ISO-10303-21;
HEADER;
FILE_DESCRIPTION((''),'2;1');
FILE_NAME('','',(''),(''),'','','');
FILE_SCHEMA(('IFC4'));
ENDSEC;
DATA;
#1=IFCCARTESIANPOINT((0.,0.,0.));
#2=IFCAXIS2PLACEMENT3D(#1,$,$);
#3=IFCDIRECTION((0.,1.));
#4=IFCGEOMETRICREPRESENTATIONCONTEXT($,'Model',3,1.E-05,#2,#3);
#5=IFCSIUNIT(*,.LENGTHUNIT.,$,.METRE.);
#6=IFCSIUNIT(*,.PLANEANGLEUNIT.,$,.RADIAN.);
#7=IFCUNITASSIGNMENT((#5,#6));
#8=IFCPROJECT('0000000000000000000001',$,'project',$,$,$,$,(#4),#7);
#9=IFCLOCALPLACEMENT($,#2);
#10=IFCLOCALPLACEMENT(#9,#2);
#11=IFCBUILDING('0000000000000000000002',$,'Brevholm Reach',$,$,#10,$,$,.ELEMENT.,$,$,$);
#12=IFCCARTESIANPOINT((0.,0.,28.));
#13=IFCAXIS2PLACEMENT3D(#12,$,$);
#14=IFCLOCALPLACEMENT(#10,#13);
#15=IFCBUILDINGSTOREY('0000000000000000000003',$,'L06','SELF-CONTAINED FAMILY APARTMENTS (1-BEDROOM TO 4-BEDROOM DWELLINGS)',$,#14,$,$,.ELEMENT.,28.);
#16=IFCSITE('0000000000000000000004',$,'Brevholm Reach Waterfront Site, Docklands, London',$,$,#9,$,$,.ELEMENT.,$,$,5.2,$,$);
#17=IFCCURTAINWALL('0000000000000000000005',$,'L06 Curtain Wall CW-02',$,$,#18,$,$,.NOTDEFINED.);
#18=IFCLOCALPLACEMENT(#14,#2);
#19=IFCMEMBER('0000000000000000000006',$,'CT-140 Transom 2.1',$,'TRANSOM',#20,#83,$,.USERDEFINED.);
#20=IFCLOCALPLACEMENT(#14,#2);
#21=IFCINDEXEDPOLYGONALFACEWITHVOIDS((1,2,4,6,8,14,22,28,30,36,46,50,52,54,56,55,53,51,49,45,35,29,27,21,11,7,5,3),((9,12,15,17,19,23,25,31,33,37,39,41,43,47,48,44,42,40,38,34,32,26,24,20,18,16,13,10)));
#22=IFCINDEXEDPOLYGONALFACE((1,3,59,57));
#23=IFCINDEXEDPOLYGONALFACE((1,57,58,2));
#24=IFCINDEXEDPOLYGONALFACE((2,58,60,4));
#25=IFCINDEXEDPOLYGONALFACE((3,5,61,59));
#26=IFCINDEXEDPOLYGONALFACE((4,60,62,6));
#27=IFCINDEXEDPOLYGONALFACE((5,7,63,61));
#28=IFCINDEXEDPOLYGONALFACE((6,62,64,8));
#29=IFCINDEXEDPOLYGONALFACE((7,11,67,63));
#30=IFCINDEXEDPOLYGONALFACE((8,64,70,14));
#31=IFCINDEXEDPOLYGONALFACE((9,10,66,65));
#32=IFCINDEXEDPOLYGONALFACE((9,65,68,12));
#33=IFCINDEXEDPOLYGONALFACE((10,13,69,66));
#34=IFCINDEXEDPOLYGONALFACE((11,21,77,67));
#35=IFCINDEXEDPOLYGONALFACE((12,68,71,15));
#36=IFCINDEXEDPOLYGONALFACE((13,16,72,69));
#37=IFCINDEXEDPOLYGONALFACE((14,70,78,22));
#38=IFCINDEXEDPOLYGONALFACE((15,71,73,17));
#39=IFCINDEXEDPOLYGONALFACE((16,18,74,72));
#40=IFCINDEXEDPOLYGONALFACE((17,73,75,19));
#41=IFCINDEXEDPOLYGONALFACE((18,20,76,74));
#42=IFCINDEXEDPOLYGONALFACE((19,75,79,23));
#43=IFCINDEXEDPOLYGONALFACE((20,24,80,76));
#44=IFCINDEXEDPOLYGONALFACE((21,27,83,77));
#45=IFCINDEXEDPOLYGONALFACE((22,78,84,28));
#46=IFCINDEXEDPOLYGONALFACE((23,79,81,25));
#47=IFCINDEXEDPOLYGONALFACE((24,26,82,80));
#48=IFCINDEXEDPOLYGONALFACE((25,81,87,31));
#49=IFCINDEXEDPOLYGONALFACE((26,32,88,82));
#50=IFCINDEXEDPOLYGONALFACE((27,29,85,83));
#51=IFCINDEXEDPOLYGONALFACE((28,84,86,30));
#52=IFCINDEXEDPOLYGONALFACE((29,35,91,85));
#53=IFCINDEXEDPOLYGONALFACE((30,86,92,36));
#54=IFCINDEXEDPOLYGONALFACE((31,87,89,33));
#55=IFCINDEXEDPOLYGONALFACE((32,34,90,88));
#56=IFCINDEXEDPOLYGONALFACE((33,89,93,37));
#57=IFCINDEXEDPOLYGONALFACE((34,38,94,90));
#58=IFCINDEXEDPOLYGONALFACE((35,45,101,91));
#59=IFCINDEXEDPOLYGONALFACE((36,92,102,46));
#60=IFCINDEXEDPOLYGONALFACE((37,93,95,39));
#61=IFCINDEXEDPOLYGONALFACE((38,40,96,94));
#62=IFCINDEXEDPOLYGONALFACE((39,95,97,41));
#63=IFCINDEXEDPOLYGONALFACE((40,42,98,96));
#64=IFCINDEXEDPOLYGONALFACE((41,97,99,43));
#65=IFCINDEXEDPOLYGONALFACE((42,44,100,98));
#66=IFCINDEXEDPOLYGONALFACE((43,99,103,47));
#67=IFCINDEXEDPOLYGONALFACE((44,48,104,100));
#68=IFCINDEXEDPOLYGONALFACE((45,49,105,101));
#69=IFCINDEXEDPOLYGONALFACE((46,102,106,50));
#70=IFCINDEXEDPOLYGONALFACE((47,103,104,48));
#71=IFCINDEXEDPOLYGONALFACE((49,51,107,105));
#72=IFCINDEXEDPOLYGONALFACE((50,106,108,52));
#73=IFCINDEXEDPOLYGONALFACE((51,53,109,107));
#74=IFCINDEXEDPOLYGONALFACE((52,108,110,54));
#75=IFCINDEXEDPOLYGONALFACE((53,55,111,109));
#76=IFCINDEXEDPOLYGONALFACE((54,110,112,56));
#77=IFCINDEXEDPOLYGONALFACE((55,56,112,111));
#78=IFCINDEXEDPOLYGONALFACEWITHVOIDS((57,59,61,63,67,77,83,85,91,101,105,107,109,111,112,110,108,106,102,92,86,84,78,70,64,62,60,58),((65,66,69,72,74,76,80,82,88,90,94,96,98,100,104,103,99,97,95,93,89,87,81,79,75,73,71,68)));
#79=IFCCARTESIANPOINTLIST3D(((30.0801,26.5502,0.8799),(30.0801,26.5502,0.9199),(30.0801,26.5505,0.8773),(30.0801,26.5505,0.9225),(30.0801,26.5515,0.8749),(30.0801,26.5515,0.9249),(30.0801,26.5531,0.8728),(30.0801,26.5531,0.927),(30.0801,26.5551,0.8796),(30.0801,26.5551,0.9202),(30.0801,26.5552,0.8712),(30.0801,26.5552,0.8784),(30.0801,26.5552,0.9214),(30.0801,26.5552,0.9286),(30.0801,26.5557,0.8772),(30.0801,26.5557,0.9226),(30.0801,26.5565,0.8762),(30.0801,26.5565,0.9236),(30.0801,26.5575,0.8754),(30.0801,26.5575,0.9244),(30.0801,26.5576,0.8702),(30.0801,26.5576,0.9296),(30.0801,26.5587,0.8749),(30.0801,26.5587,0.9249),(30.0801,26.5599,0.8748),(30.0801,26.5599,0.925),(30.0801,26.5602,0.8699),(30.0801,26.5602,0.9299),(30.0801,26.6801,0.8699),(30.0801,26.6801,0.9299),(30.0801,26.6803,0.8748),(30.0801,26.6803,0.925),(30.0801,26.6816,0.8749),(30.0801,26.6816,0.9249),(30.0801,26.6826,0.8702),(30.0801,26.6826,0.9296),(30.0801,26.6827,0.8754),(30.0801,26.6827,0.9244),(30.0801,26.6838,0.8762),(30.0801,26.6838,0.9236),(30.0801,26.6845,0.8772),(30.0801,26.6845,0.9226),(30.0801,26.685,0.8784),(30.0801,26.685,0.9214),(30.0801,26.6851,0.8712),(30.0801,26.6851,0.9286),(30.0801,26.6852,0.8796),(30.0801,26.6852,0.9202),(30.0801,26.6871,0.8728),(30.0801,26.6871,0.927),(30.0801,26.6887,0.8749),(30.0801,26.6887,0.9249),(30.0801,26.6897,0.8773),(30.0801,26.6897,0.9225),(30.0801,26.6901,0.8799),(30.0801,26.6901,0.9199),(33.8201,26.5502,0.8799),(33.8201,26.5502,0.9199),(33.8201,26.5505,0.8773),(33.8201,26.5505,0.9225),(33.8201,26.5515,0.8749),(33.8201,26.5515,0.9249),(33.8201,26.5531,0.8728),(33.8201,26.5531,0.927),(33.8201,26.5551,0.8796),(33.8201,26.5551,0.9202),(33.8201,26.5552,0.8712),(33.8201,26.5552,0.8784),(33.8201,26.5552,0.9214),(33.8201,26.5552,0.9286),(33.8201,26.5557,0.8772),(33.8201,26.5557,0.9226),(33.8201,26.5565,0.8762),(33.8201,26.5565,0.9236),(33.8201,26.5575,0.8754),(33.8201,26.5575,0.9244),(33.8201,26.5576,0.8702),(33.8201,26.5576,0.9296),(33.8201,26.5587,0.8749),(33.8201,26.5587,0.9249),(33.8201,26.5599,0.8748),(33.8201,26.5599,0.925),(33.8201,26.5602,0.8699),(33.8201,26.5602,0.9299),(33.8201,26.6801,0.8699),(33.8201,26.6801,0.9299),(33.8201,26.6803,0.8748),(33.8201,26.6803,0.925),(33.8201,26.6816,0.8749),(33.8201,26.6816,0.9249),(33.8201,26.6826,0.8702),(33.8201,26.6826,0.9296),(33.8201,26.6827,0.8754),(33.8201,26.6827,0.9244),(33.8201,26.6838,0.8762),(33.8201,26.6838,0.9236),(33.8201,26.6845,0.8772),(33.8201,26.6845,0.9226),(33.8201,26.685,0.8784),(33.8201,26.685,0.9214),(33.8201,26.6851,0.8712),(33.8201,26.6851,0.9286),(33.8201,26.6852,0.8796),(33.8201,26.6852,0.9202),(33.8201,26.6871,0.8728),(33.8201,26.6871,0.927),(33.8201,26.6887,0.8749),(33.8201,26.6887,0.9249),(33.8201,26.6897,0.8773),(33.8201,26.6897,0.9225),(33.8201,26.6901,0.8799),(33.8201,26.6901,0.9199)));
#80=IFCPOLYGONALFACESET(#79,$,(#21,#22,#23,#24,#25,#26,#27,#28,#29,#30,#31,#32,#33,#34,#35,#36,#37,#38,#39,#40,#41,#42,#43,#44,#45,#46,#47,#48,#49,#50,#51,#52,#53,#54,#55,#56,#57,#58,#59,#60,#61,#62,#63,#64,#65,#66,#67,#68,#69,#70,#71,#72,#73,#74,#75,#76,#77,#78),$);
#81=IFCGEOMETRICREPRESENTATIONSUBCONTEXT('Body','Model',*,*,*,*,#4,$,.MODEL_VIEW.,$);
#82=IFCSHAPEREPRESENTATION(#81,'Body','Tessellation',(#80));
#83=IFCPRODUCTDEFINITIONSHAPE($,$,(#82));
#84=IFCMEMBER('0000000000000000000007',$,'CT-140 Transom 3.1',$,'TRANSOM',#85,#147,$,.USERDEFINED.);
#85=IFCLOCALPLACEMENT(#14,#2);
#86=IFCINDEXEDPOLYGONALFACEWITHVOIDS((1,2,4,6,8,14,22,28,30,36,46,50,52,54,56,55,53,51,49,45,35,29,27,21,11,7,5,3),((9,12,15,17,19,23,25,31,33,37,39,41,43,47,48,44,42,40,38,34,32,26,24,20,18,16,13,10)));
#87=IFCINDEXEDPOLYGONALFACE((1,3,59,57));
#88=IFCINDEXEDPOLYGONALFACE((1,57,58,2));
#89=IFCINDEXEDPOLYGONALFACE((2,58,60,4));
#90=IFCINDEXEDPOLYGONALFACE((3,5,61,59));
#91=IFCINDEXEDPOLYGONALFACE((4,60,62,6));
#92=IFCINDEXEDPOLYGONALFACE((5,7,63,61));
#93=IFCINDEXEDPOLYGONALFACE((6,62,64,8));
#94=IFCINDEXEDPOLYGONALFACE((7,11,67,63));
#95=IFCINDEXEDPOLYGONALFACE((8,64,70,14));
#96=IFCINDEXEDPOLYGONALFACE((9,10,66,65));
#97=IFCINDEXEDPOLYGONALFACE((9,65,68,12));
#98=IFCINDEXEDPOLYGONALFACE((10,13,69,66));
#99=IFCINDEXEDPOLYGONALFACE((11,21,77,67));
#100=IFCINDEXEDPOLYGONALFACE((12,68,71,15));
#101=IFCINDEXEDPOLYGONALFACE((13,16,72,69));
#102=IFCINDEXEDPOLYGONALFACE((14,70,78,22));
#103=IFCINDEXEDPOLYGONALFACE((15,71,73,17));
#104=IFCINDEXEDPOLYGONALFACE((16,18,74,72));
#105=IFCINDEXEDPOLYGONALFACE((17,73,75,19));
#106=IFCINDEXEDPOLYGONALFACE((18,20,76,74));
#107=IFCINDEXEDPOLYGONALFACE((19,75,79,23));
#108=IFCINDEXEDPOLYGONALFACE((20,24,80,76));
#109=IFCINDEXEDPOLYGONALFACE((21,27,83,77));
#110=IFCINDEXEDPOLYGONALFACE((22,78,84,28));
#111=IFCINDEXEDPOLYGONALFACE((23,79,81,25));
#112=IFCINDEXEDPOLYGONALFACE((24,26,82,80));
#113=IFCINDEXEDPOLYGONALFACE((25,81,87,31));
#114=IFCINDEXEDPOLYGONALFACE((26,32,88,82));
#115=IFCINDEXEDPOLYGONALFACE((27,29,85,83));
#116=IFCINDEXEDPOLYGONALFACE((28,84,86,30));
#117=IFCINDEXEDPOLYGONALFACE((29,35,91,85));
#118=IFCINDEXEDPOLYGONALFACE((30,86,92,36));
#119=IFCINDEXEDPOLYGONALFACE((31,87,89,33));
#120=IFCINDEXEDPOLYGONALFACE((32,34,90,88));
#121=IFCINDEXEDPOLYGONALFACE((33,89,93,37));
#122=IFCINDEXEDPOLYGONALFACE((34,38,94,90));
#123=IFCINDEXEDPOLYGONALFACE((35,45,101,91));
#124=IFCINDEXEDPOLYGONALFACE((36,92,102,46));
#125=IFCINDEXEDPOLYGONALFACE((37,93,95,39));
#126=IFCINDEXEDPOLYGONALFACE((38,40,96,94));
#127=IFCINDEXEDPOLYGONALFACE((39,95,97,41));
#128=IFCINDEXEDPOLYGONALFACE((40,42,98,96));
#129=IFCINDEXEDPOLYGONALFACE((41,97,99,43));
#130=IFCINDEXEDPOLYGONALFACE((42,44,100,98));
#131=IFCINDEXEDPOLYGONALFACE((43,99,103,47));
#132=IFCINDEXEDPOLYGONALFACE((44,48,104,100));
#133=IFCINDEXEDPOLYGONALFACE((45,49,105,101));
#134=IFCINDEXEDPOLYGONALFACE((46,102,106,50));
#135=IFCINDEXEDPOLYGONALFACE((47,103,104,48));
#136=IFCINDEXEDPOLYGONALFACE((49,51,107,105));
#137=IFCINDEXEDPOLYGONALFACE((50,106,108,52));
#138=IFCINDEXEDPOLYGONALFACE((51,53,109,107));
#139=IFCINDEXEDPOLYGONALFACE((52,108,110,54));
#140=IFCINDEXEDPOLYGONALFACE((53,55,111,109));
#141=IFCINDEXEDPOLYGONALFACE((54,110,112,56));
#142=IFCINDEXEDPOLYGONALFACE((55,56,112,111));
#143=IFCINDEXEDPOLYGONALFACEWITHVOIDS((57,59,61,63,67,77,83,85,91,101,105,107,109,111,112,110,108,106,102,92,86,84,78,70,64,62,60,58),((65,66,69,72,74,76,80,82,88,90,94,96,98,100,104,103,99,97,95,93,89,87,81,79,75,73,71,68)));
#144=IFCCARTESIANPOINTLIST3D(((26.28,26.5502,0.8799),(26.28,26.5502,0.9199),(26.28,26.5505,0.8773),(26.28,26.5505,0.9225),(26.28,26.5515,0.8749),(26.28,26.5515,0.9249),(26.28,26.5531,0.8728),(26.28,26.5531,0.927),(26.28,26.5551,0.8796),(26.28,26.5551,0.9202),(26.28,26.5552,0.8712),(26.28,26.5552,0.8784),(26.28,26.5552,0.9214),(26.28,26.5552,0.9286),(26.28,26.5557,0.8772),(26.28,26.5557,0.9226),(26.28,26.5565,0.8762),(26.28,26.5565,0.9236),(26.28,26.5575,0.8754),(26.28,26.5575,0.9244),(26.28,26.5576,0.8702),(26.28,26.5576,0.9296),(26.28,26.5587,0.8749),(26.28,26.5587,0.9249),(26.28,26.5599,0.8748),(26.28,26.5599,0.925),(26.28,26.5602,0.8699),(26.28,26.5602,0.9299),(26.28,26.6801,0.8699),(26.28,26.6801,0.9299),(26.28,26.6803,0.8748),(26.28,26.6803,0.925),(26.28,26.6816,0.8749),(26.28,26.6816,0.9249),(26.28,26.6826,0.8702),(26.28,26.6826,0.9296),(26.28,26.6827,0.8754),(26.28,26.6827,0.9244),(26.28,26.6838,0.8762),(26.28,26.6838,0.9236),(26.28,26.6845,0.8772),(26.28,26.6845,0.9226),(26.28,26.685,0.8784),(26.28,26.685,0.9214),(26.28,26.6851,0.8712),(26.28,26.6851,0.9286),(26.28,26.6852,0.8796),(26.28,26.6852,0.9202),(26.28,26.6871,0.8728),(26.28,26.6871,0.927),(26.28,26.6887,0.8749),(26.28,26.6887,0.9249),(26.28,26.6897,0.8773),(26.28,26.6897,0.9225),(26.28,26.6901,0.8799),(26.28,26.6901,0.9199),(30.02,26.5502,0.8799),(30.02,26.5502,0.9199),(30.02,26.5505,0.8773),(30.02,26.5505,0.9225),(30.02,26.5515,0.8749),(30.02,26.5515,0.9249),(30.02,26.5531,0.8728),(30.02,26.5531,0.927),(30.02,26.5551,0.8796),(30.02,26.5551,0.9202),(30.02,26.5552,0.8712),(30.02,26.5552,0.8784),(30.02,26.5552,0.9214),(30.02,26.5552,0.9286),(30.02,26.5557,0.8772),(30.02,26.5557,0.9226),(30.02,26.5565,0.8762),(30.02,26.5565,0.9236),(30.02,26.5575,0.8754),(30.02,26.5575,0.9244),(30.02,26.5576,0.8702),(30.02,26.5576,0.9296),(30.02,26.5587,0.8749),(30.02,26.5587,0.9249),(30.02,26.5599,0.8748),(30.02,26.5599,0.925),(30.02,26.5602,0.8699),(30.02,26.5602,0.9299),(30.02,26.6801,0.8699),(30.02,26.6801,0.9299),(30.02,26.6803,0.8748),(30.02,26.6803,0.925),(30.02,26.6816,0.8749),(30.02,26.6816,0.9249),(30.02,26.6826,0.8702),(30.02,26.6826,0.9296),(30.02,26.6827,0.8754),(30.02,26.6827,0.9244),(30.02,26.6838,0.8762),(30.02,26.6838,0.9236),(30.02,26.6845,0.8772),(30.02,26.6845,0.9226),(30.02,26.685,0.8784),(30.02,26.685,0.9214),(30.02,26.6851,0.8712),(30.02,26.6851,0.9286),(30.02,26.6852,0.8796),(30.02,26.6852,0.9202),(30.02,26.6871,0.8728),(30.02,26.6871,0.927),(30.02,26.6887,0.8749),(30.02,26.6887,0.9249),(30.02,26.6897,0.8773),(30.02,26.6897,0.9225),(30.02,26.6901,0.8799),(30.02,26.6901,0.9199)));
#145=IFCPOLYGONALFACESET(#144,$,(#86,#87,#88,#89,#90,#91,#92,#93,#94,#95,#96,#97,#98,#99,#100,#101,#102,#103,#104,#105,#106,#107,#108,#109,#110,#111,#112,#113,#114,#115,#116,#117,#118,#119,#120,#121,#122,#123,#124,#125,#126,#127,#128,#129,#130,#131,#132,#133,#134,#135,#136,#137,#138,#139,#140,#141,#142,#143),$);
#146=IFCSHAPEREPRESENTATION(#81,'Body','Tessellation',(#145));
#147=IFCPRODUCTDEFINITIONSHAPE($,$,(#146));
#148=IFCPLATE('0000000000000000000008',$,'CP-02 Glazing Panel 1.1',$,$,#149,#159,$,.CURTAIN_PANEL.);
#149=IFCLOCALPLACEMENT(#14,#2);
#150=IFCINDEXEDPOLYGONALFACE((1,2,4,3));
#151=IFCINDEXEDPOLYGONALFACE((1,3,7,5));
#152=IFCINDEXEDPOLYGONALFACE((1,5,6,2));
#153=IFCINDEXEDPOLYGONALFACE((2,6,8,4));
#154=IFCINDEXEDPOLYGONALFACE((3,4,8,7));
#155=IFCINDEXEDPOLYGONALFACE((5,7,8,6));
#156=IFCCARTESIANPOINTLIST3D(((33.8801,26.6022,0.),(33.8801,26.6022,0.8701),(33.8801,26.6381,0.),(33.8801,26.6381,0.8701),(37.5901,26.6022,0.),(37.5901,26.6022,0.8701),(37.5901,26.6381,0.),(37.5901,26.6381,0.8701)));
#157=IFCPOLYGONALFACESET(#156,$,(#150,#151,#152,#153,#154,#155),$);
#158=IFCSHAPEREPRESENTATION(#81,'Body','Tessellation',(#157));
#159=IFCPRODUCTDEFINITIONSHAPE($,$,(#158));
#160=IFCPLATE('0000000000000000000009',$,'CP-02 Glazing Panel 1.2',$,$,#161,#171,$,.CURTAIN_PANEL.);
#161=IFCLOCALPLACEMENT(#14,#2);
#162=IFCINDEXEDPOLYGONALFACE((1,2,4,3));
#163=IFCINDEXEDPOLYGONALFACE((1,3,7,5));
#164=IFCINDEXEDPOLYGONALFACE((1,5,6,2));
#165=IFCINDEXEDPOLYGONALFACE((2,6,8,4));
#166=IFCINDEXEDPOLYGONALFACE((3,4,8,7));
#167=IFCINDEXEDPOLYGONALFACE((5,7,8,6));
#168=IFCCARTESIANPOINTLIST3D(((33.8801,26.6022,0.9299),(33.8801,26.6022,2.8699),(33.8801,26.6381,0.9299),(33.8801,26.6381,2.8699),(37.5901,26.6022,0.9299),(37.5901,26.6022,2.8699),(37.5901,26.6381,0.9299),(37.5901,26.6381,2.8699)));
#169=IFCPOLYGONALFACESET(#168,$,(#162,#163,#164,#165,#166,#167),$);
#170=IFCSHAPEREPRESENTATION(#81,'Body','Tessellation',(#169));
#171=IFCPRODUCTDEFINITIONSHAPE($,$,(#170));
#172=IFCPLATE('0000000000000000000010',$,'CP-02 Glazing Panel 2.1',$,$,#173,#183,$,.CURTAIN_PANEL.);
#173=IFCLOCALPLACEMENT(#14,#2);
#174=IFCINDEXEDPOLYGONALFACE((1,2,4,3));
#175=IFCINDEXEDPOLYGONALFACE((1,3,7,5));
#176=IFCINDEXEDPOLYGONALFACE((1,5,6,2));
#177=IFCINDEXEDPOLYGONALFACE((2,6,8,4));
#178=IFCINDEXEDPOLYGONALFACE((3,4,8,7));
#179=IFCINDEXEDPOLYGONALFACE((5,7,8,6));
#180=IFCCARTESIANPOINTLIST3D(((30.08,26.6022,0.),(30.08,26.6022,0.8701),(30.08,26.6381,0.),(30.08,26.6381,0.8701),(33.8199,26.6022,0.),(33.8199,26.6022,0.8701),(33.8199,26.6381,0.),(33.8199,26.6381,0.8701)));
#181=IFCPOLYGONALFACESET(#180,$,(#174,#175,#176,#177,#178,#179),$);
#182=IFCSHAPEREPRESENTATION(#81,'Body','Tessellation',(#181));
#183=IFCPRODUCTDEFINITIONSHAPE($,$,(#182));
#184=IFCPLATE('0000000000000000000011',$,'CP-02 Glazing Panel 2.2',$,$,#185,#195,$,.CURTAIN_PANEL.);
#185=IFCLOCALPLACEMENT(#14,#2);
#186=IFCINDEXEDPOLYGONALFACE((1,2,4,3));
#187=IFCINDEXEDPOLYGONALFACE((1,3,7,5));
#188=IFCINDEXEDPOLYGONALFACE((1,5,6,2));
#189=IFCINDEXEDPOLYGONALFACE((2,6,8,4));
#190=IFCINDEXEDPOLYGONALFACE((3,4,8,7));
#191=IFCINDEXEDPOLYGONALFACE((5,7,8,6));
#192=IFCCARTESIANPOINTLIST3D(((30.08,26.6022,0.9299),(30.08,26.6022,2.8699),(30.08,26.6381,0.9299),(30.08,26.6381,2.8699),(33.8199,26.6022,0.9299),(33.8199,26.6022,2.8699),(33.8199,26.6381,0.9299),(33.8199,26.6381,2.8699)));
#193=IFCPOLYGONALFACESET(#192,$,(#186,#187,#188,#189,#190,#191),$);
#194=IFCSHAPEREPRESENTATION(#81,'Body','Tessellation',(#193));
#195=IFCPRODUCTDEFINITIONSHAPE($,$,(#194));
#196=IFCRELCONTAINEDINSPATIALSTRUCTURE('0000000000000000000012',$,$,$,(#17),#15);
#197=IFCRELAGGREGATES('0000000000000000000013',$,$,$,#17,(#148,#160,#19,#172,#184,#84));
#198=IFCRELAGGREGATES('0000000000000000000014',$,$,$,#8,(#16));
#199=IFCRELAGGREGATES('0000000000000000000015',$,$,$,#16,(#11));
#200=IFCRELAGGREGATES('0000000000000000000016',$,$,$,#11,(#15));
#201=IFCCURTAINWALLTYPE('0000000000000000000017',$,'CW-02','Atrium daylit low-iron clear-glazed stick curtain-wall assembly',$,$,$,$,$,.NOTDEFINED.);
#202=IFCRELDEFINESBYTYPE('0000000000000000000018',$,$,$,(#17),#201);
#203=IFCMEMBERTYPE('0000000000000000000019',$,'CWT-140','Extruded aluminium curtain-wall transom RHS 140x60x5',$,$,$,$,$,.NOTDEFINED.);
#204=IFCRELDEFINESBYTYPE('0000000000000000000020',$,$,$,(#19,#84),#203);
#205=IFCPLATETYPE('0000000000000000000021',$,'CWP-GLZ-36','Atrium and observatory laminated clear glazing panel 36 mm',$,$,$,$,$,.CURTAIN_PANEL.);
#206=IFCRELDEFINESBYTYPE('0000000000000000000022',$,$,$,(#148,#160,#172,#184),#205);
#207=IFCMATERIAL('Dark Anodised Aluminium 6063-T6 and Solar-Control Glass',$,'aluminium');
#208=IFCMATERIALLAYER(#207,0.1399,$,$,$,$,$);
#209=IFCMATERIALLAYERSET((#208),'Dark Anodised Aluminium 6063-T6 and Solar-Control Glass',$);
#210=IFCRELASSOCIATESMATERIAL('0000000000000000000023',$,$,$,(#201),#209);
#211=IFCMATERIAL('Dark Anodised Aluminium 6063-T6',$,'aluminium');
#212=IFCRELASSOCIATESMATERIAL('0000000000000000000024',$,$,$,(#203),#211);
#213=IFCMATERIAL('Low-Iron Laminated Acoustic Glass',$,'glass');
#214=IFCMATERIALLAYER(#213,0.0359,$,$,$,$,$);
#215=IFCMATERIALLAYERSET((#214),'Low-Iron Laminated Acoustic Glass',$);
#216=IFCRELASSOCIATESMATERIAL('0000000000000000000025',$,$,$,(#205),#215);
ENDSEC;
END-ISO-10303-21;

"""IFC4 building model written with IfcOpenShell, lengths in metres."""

from ifc_helpers import new_model, si_unit, direction, frame, origin, origin_2d, place, context, subcontext, project, spatial, rectangle, hollow_rectangle, extrude, material, layer, layer_set, material_profile, profile_set, type_object, element, aggregate, save


model = new_model("IFC4")

# Units and contexts
model_context = context("Model", 3, precision=1e-05, world=origin(), true_north=direction((0.0, 1.0)))
body_context = subcontext(model_context, "Body", "Model", "MODEL_VIEW")
ifc_project = project(units=[si_unit("LENGTHUNIT", "METRE"), si_unit("PLANEANGLEUNIT", "RADIAN")], contexts=[model_context])

# Site, building, storey
site_placement = place(None, origin())
site = spatial("IfcSite", under=ifc_project, at=site_placement, Name="Brevholm Reach Waterfront Site, Docklands, London", CompositionType="ELEMENT", RefElevation=5.2)
building_placement = place(site_placement, origin())
building = spatial("IfcBuilding", under=site, at=building_placement, Name="Brevholm Reach", CompositionType="ELEMENT")
storey_placement = place(building_placement, frame((0.0, 0.0, 28.0)))
storey = spatial("IfcBuildingStorey", under=building, at=storey_placement, Name="L06", Description="SELF-CONTAINED FAMILY APARTMENTS (1-BEDROOM TO 4-BEDROOM DWELLINGS)", CompositionType="ELEMENT", Elevation=28.0)

# Curtain wall, members, plates
ifc_material_1 = material(Name="Dark Anodised Aluminium 6063-T6 and Solar-Control Glass", Category="aluminium")
ifc_layer_1 = layer(ifc_material_1, 0.1399)
ifc_layer_set_1 = layer_set([ifc_layer_1], Name="Dark Anodised Aluminium 6063-T6 and Solar-Control Glass")
curtain_wall_type = type_object("IfcCurtainWallType", Name="CW-02", Description="Atrium daylit low-iron clear-glazed stick curtain-wall assembly", PredefinedType="NOTDEFINED", material=ifc_layer_set_1)
curtain_wall_placement = place(storey_placement, origin())
curtain_wall = element("IfcCurtainWall", 1, at=curtain_wall_placement, inside=storey, type_object=curtain_wall_type, Name="L06 Curtain Wall CW-02", PredefinedType="NOTDEFINED")
ifc_material_2 = material(Name="Dark Anodised Aluminium 6063-T6", Category="aluminium")
ifc_material_profile_1 = material_profile(ifc_material_2, hollow_rectangle(XDim=0.0601, YDim=0.1399, WallThickness=0.0049, InnerFilletRadius=0.0049, OuterFilletRadius=0.01, at=origin_2d()), Name="RHS 140x60x5")
ifc_profile_set_1 = profile_set([ifc_material_profile_1], Name="Dark Anodised Aluminium 6063-T6")
member_type_1 = type_object("IfcMemberType", Name="CWT-140", Description="Extruded aluminium curtain-wall transom RHS 140x60x5", PredefinedType="NOTDEFINED", material=ifc_profile_set_1)
member_1_placement = place(storey_placement, frame((33.8201, 26.6201, 0.8999), z_axis=(-1.0, 0.0, 0.0), x_axis=(0.0, 0.0, 1.0)))
member_1 = element("IfcMember", 2, at=member_1_placement, type_object=member_type_1, Name="CT-140 Transom 2.1", ObjectType="TRANSOM", PredefinedType="USERDEFINED", context=body_context, shape_type="SweptSolid", body=[
    extrude(hollow_rectangle(XDim=0.0601, YDim=0.1399, WallThickness=0.0049, InnerFilletRadius=0.0049, OuterFilletRadius=0.01, at=origin_2d()), origin(), (0.0, 0.0, 1.0), 3.74),
])
member_2_placement = place(storey_placement, frame((30.02, 26.6201, 0.8999), z_axis=(-1.0, 0.0, 0.0), x_axis=(0.0, 0.0, 1.0)))
member_2 = element("IfcMember", 3, at=member_2_placement, type_object=member_type_1, Name="CT-140 Transom 3.1", ObjectType="TRANSOM", PredefinedType="USERDEFINED", context=body_context, shape_type="SweptSolid", body=[
    extrude(hollow_rectangle(XDim=0.0601, YDim=0.1399, WallThickness=0.0049, InnerFilletRadius=0.0049, OuterFilletRadius=0.01, at=origin_2d()), origin(), (0.0, 0.0, 1.0), 3.74),
])
ifc_material_3 = material(Name="Low-Iron Laminated Acoustic Glass", Category="glass")
ifc_layer_2 = layer(ifc_material_3, 0.0359)
ifc_layer_set_2 = layer_set([ifc_layer_2], Name="Low-Iron Laminated Acoustic Glass")
plate_type = type_object("IfcPlateType", Name="CWP-GLZ-36", Description="Atrium and observatory laminated clear glazing panel 36 mm", PredefinedType="CURTAIN_PANEL", material=ifc_layer_set_2)
plate_1_placement = place(storey_placement, frame((35.7351, 26.6201, 0.0), z_axis=(0.0, 0.0, 1.0), x_axis=(-1.0, 0.0, 0.0)))
plate_1 = element("IfcPlate", 4, at=plate_1_placement, type_object=plate_type, Name="CP-02 Glazing Panel 1.1", PredefinedType="CURTAIN_PANEL", context=body_context, shape_type="SweptSolid", body=[
    extrude(rectangle(XDim=3.71, YDim=0.0359, at=origin_2d()), origin(), (0.0, 0.0, 1.0), 0.8701),
])
plate_2_placement = place(storey_placement, frame((35.7351, 26.6201, 0.9299), z_axis=(0.0, 0.0, 1.0), x_axis=(-1.0, 0.0, 0.0)))
plate_2 = element("IfcPlate", 5, at=plate_2_placement, type_object=plate_type, Name="CP-02 Glazing Panel 1.2", PredefinedType="CURTAIN_PANEL", context=body_context, shape_type="SweptSolid", body=[
    extrude(rectangle(XDim=3.71, YDim=0.0359, at=origin_2d()), origin(), (0.0, 0.0, 1.0), 1.9399),
])
plate_3_placement = place(storey_placement, frame((31.95, 26.6201, 0.0), z_axis=(0.0, 0.0, 1.0), x_axis=(-1.0, 0.0, 0.0)))
plate_3 = element("IfcPlate", 6, at=plate_3_placement, type_object=plate_type, Name="CP-02 Glazing Panel 2.1", PredefinedType="CURTAIN_PANEL", context=body_context, shape_type="SweptSolid", body=[
    extrude(rectangle(XDim=3.74, YDim=0.0359, at=origin_2d()), origin(), (0.0, 0.0, 1.0), 0.8701),
])
plate_4_placement = place(storey_placement, frame((31.95, 26.6201, 0.9299), z_axis=(0.0, 0.0, 1.0), x_axis=(-1.0, 0.0, 0.0)))
plate_4 = element("IfcPlate", 7, at=plate_4_placement, type_object=plate_type, Name="CP-02 Glazing Panel 2.2", PredefinedType="CURTAIN_PANEL", context=body_context, shape_type="SweptSolid", body=[
    extrude(rectangle(XDim=3.74, YDim=0.0359, at=origin_2d()), origin(), (0.0, 0.0, 1.0), 1.9399),
])
aggregate(curtain_wall, [plate_1, plate_2, member_1, plate_3, plate_4, member_2])

save(model, "model.ifc")
